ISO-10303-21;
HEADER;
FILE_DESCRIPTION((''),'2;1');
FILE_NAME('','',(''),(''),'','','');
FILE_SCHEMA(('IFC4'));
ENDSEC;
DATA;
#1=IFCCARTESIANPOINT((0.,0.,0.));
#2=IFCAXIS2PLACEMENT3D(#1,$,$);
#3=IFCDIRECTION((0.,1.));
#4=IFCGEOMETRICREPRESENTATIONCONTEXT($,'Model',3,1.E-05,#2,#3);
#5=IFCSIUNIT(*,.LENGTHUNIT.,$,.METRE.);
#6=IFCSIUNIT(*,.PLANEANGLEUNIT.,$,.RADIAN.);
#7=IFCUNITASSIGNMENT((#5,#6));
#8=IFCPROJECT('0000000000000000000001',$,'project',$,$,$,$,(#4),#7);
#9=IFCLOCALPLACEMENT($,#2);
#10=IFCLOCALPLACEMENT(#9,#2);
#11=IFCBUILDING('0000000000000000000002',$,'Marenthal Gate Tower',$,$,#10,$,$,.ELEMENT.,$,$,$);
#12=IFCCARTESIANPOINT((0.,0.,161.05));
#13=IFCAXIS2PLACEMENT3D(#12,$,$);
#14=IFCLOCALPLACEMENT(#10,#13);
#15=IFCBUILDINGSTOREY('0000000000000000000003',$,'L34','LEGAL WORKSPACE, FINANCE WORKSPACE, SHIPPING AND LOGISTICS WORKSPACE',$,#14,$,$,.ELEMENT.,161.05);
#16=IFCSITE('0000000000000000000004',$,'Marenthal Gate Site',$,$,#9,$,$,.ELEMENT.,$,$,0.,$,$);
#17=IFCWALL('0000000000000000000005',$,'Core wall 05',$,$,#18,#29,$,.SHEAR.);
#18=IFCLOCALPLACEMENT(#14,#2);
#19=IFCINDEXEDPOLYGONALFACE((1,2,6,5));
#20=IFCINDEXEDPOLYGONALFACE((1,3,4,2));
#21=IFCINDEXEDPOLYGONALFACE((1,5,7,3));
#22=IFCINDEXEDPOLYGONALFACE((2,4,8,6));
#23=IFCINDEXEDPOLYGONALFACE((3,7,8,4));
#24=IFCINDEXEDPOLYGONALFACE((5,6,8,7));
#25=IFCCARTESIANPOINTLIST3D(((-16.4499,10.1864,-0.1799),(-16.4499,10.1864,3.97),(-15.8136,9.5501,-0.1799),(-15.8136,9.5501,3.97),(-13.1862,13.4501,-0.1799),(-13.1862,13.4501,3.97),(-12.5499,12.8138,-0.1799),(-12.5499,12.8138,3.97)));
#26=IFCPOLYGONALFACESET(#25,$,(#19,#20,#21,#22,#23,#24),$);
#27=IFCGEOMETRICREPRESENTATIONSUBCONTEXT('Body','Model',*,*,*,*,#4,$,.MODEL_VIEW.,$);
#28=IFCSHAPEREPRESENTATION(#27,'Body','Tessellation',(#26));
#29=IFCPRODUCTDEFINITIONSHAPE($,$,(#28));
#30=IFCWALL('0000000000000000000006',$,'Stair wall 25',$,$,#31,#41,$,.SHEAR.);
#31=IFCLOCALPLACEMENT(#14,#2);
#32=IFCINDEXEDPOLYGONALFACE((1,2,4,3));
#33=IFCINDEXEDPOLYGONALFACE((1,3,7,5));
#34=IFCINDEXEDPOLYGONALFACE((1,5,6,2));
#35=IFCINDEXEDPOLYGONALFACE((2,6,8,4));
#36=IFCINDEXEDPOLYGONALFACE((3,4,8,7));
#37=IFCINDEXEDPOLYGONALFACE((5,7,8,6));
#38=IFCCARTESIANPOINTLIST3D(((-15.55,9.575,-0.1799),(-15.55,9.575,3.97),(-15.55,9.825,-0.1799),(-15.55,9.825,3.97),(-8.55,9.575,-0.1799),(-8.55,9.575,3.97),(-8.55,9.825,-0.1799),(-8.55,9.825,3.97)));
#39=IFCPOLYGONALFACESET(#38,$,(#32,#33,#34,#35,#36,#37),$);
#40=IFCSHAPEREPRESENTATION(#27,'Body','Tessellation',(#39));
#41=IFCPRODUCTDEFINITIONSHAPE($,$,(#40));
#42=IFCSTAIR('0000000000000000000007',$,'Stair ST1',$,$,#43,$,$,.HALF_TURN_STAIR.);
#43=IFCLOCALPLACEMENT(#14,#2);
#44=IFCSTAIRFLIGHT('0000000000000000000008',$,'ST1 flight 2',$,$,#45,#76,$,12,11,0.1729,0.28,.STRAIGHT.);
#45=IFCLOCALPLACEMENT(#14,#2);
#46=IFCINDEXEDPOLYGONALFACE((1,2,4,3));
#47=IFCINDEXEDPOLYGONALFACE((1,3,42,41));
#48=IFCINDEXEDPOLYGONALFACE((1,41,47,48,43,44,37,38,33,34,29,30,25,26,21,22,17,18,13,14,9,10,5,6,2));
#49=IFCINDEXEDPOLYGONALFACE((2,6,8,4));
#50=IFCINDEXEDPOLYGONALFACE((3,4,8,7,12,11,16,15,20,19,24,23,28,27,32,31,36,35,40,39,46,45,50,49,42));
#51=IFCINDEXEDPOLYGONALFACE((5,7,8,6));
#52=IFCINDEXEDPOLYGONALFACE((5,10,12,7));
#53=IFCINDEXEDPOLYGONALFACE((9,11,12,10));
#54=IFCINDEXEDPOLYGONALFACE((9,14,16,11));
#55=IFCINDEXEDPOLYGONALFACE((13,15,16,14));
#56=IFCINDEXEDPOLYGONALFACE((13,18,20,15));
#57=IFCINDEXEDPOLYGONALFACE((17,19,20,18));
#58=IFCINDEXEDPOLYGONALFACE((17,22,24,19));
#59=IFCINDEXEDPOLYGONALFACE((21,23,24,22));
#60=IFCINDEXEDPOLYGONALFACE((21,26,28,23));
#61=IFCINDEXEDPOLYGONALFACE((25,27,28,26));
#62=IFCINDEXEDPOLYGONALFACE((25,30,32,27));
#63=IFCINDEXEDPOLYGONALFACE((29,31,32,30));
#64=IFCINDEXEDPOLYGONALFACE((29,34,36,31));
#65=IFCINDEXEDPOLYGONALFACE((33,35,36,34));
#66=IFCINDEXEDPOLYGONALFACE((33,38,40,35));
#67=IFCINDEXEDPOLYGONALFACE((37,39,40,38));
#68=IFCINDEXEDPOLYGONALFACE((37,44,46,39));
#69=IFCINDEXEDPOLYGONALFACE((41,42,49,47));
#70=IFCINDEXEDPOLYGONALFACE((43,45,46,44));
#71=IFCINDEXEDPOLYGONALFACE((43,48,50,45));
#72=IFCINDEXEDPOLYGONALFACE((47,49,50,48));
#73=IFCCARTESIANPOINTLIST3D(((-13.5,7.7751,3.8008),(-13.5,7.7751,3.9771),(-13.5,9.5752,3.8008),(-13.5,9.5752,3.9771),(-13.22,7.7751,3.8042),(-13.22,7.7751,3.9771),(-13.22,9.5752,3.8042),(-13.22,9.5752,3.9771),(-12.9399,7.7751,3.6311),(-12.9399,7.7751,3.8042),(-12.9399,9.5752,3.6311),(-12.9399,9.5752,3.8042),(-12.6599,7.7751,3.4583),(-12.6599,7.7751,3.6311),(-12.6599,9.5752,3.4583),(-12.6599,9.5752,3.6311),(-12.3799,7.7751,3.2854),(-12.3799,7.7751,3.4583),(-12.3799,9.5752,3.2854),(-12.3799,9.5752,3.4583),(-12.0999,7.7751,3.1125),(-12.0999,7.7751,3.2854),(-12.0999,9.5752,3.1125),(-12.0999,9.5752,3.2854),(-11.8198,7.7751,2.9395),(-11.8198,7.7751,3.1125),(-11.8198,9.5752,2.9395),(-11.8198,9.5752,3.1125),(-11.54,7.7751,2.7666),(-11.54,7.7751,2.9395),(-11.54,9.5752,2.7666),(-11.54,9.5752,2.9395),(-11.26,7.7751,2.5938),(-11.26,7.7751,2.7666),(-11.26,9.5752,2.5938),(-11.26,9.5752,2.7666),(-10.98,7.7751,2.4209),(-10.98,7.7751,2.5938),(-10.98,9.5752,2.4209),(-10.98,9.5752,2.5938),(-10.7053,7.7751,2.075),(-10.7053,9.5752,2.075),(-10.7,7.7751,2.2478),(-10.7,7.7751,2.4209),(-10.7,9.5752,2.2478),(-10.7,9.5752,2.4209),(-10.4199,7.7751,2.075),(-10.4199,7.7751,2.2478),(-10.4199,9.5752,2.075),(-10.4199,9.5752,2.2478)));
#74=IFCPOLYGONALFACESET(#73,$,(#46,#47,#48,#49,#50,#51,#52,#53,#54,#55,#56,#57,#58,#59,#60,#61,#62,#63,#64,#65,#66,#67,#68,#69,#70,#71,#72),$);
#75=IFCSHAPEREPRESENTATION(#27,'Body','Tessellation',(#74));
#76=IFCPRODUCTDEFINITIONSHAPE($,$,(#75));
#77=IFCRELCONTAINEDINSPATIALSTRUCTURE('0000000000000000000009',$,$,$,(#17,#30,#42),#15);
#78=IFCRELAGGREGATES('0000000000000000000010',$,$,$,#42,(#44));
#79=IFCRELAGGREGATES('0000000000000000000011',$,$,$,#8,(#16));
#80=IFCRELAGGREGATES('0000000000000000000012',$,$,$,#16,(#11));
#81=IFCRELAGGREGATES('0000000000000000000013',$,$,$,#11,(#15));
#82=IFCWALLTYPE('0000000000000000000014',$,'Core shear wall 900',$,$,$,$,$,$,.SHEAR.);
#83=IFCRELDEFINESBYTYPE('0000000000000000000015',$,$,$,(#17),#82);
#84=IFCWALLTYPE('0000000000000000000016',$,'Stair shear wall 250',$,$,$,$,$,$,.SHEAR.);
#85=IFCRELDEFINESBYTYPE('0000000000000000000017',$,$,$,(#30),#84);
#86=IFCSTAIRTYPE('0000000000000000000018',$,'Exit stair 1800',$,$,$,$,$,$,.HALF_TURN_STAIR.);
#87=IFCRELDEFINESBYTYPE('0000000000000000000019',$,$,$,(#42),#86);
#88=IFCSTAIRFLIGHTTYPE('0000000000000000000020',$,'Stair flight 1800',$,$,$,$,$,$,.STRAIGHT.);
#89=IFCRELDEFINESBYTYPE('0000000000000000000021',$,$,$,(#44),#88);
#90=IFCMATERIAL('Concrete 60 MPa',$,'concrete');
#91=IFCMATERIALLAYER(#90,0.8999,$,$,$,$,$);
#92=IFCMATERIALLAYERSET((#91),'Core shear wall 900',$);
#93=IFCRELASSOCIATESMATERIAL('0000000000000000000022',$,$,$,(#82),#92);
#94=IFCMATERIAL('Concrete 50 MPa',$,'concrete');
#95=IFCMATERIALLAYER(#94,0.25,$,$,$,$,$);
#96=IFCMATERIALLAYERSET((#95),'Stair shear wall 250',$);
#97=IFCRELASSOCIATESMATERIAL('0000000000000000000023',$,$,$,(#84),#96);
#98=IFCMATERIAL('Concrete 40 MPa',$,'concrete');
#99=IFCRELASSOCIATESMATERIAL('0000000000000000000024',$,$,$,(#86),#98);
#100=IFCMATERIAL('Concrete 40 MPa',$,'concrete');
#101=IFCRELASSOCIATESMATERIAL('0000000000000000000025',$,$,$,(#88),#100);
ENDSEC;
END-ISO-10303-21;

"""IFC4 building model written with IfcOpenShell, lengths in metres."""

from ifc_helpers import new_model, si_unit, direction, frame, frame_2d, origin, place, context, subcontext, project, spatial, polyline, rectangle, outline, extrude, material, layer, layer_set, type_object, element, aggregate, save


model = new_model("IFC4")

# Units and contexts
model_context = context("Model", 3, precision=1e-05, world=origin(), true_north=direction((0.0, 1.0)))
body_context = subcontext(model_context, "Body", "Model", "MODEL_VIEW")
ifc_project = project(units=[si_unit("LENGTHUNIT", "METRE"), si_unit("PLANEANGLEUNIT", "RADIAN")], contexts=[model_context])

# Site, building, storey
site_placement = place(None, origin())
site = spatial("IfcSite", under=ifc_project, at=site_placement, Name="Marenthal Gate Site", CompositionType="ELEMENT", RefElevation=0.0)
building_placement = place(site_placement, origin())
building = spatial("IfcBuilding", under=site, at=building_placement, Name="Marenthal Gate Tower", CompositionType="ELEMENT")
storey_placement = place(building_placement, frame((0.0, 0.0, 161.05)))
storey = spatial("IfcBuildingStorey", under=building, at=storey_placement, Name="L34", Description="LEGAL WORKSPACE, FINANCE WORKSPACE, SHIPPING AND LOGISTICS WORKSPACE", CompositionType="ELEMENT", Elevation=161.05)

# Walls
ifc_material_1 = material(Name="Concrete 60 MPa", Category="concrete")
ifc_layer_1 = layer(ifc_material_1, 0.8999)
ifc_layer_set_1 = layer_set([ifc_layer_1], Name="Core shear wall 900")
wall_type_1 = type_object("IfcWallType", Name="Core shear wall 900", PredefinedType="SHEAR", material=ifc_layer_set_1)
wall_1_placement = place(storey_placement, frame((-12.8682, 13.1318, -0.1799), z_axis=(0.0, 0.0, 1.0), x_axis=(-0.707107, -0.707107, 0.0)))
element("IfcWall", 1, at=wall_1_placement, inside=storey, type_object=wall_type_1, Name="Core wall 05", PredefinedType="SHEAR", context=body_context, shape_type="SweptSolid", body=[
    extrude(rectangle(XDim=4.6155, YDim=0.8999, at=frame_2d((2.3076, 0.0))), origin(), (0.0, 0.0, 1.0), 4.1499),
])
ifc_material_2 = material(Name="Concrete 50 MPa", Category="concrete")
ifc_layer_2 = layer(ifc_material_2, 0.25)
ifc_layer_set_2 = layer_set([ifc_layer_2], Name="Stair shear wall 250")
wall_type_2 = type_object("IfcWallType", Name="Stair shear wall 250", PredefinedType="SHEAR", material=ifc_layer_set_2)
wall_2_placement = place(storey_placement, frame((-15.55, 9.7, -0.1799), z_axis=(0.0, 0.0, 1.0), x_axis=(1.0, 0.0, 0.0)))
element("IfcWall", 2, at=wall_2_placement, inside=storey, type_object=wall_type_2, Name="Stair wall 25", PredefinedType="SHEAR", context=body_context, shape_type="SweptSolid", body=[
    extrude(rectangle(XDim=7.0, YDim=0.25, at=frame_2d((3.5, 0.0))), origin(), (0.0, 0.0, 1.0), 4.1499),
])

# Stair, stair flight
ifc_material_3 = material(Name="Concrete 40 MPa", Category="concrete")
stair_type = type_object("IfcStairType", Name="Exit stair 1800", PredefinedType="HALF_TURN_STAIR", material=ifc_material_3)
stair_placement = place(storey_placement, origin())
stair = element("IfcStair", 3, at=stair_placement, inside=storey, type_object=stair_type, Name="Stair ST1", PredefinedType="HALF_TURN_STAIR")
ifc_material_4 = material(Name="Concrete 40 MPa", Category="concrete")
stair_flight_type = type_object("IfcStairFlightType", Name="Stair flight 1800", PredefinedType="STRAIGHT", material=ifc_material_4)
stair_flight_placement = place(storey_placement, frame((-10.4199, 8.675, 2.075), z_axis=(0.0, 0.0, 1.0), x_axis=(-1.0, 0.0, 0.0)))
stair_flight = element("IfcStairFlight", 4, at=stair_flight_placement, type_object=stair_flight_type, Name="ST1 flight 2", NumberOfRisers=12, NumberOfTreads=11, PredefinedType="STRAIGHT", RiserHeight=0.1729, TreadLength=0.28, context=body_context, shape_type="SweptSolid", body=[
    extrude(outline(polyline([(0.0, 0.0), (0.0, 0.1729), (0.28, 0.1729), (0.28, 0.3459), (0.5601, 0.3459), (0.5601, 0.5188), (0.8401, 0.5188), (0.8401, 0.6917), (1.1201, 0.6917), (1.1201, 0.8645), (1.3999, 0.8645), (1.3999, 1.0376), (1.6799, 1.0376), (1.6799, 1.2104), (1.96, 1.2104), (1.96, 1.3833), (2.24, 1.3833), (2.24, 1.5562), (2.52, 1.5562), (2.52, 1.7292), (2.8, 1.7292), (2.8, 1.9021), (3.0801, 1.9021), (3.0801, 2.075), (3.0801, 1.7258), (0.2854, 0.0), (0.0, 0.0)])), frame((0.0, 0.8999, 0.0), z_axis=(0.0, -1.0, 0.0), x_axis=(1.0, 0.0, 0.0)), (0.0, 0.0, 1.0), 1.8),
])
aggregate(stair, [stair_flight])

save(model, "model.ifc")
